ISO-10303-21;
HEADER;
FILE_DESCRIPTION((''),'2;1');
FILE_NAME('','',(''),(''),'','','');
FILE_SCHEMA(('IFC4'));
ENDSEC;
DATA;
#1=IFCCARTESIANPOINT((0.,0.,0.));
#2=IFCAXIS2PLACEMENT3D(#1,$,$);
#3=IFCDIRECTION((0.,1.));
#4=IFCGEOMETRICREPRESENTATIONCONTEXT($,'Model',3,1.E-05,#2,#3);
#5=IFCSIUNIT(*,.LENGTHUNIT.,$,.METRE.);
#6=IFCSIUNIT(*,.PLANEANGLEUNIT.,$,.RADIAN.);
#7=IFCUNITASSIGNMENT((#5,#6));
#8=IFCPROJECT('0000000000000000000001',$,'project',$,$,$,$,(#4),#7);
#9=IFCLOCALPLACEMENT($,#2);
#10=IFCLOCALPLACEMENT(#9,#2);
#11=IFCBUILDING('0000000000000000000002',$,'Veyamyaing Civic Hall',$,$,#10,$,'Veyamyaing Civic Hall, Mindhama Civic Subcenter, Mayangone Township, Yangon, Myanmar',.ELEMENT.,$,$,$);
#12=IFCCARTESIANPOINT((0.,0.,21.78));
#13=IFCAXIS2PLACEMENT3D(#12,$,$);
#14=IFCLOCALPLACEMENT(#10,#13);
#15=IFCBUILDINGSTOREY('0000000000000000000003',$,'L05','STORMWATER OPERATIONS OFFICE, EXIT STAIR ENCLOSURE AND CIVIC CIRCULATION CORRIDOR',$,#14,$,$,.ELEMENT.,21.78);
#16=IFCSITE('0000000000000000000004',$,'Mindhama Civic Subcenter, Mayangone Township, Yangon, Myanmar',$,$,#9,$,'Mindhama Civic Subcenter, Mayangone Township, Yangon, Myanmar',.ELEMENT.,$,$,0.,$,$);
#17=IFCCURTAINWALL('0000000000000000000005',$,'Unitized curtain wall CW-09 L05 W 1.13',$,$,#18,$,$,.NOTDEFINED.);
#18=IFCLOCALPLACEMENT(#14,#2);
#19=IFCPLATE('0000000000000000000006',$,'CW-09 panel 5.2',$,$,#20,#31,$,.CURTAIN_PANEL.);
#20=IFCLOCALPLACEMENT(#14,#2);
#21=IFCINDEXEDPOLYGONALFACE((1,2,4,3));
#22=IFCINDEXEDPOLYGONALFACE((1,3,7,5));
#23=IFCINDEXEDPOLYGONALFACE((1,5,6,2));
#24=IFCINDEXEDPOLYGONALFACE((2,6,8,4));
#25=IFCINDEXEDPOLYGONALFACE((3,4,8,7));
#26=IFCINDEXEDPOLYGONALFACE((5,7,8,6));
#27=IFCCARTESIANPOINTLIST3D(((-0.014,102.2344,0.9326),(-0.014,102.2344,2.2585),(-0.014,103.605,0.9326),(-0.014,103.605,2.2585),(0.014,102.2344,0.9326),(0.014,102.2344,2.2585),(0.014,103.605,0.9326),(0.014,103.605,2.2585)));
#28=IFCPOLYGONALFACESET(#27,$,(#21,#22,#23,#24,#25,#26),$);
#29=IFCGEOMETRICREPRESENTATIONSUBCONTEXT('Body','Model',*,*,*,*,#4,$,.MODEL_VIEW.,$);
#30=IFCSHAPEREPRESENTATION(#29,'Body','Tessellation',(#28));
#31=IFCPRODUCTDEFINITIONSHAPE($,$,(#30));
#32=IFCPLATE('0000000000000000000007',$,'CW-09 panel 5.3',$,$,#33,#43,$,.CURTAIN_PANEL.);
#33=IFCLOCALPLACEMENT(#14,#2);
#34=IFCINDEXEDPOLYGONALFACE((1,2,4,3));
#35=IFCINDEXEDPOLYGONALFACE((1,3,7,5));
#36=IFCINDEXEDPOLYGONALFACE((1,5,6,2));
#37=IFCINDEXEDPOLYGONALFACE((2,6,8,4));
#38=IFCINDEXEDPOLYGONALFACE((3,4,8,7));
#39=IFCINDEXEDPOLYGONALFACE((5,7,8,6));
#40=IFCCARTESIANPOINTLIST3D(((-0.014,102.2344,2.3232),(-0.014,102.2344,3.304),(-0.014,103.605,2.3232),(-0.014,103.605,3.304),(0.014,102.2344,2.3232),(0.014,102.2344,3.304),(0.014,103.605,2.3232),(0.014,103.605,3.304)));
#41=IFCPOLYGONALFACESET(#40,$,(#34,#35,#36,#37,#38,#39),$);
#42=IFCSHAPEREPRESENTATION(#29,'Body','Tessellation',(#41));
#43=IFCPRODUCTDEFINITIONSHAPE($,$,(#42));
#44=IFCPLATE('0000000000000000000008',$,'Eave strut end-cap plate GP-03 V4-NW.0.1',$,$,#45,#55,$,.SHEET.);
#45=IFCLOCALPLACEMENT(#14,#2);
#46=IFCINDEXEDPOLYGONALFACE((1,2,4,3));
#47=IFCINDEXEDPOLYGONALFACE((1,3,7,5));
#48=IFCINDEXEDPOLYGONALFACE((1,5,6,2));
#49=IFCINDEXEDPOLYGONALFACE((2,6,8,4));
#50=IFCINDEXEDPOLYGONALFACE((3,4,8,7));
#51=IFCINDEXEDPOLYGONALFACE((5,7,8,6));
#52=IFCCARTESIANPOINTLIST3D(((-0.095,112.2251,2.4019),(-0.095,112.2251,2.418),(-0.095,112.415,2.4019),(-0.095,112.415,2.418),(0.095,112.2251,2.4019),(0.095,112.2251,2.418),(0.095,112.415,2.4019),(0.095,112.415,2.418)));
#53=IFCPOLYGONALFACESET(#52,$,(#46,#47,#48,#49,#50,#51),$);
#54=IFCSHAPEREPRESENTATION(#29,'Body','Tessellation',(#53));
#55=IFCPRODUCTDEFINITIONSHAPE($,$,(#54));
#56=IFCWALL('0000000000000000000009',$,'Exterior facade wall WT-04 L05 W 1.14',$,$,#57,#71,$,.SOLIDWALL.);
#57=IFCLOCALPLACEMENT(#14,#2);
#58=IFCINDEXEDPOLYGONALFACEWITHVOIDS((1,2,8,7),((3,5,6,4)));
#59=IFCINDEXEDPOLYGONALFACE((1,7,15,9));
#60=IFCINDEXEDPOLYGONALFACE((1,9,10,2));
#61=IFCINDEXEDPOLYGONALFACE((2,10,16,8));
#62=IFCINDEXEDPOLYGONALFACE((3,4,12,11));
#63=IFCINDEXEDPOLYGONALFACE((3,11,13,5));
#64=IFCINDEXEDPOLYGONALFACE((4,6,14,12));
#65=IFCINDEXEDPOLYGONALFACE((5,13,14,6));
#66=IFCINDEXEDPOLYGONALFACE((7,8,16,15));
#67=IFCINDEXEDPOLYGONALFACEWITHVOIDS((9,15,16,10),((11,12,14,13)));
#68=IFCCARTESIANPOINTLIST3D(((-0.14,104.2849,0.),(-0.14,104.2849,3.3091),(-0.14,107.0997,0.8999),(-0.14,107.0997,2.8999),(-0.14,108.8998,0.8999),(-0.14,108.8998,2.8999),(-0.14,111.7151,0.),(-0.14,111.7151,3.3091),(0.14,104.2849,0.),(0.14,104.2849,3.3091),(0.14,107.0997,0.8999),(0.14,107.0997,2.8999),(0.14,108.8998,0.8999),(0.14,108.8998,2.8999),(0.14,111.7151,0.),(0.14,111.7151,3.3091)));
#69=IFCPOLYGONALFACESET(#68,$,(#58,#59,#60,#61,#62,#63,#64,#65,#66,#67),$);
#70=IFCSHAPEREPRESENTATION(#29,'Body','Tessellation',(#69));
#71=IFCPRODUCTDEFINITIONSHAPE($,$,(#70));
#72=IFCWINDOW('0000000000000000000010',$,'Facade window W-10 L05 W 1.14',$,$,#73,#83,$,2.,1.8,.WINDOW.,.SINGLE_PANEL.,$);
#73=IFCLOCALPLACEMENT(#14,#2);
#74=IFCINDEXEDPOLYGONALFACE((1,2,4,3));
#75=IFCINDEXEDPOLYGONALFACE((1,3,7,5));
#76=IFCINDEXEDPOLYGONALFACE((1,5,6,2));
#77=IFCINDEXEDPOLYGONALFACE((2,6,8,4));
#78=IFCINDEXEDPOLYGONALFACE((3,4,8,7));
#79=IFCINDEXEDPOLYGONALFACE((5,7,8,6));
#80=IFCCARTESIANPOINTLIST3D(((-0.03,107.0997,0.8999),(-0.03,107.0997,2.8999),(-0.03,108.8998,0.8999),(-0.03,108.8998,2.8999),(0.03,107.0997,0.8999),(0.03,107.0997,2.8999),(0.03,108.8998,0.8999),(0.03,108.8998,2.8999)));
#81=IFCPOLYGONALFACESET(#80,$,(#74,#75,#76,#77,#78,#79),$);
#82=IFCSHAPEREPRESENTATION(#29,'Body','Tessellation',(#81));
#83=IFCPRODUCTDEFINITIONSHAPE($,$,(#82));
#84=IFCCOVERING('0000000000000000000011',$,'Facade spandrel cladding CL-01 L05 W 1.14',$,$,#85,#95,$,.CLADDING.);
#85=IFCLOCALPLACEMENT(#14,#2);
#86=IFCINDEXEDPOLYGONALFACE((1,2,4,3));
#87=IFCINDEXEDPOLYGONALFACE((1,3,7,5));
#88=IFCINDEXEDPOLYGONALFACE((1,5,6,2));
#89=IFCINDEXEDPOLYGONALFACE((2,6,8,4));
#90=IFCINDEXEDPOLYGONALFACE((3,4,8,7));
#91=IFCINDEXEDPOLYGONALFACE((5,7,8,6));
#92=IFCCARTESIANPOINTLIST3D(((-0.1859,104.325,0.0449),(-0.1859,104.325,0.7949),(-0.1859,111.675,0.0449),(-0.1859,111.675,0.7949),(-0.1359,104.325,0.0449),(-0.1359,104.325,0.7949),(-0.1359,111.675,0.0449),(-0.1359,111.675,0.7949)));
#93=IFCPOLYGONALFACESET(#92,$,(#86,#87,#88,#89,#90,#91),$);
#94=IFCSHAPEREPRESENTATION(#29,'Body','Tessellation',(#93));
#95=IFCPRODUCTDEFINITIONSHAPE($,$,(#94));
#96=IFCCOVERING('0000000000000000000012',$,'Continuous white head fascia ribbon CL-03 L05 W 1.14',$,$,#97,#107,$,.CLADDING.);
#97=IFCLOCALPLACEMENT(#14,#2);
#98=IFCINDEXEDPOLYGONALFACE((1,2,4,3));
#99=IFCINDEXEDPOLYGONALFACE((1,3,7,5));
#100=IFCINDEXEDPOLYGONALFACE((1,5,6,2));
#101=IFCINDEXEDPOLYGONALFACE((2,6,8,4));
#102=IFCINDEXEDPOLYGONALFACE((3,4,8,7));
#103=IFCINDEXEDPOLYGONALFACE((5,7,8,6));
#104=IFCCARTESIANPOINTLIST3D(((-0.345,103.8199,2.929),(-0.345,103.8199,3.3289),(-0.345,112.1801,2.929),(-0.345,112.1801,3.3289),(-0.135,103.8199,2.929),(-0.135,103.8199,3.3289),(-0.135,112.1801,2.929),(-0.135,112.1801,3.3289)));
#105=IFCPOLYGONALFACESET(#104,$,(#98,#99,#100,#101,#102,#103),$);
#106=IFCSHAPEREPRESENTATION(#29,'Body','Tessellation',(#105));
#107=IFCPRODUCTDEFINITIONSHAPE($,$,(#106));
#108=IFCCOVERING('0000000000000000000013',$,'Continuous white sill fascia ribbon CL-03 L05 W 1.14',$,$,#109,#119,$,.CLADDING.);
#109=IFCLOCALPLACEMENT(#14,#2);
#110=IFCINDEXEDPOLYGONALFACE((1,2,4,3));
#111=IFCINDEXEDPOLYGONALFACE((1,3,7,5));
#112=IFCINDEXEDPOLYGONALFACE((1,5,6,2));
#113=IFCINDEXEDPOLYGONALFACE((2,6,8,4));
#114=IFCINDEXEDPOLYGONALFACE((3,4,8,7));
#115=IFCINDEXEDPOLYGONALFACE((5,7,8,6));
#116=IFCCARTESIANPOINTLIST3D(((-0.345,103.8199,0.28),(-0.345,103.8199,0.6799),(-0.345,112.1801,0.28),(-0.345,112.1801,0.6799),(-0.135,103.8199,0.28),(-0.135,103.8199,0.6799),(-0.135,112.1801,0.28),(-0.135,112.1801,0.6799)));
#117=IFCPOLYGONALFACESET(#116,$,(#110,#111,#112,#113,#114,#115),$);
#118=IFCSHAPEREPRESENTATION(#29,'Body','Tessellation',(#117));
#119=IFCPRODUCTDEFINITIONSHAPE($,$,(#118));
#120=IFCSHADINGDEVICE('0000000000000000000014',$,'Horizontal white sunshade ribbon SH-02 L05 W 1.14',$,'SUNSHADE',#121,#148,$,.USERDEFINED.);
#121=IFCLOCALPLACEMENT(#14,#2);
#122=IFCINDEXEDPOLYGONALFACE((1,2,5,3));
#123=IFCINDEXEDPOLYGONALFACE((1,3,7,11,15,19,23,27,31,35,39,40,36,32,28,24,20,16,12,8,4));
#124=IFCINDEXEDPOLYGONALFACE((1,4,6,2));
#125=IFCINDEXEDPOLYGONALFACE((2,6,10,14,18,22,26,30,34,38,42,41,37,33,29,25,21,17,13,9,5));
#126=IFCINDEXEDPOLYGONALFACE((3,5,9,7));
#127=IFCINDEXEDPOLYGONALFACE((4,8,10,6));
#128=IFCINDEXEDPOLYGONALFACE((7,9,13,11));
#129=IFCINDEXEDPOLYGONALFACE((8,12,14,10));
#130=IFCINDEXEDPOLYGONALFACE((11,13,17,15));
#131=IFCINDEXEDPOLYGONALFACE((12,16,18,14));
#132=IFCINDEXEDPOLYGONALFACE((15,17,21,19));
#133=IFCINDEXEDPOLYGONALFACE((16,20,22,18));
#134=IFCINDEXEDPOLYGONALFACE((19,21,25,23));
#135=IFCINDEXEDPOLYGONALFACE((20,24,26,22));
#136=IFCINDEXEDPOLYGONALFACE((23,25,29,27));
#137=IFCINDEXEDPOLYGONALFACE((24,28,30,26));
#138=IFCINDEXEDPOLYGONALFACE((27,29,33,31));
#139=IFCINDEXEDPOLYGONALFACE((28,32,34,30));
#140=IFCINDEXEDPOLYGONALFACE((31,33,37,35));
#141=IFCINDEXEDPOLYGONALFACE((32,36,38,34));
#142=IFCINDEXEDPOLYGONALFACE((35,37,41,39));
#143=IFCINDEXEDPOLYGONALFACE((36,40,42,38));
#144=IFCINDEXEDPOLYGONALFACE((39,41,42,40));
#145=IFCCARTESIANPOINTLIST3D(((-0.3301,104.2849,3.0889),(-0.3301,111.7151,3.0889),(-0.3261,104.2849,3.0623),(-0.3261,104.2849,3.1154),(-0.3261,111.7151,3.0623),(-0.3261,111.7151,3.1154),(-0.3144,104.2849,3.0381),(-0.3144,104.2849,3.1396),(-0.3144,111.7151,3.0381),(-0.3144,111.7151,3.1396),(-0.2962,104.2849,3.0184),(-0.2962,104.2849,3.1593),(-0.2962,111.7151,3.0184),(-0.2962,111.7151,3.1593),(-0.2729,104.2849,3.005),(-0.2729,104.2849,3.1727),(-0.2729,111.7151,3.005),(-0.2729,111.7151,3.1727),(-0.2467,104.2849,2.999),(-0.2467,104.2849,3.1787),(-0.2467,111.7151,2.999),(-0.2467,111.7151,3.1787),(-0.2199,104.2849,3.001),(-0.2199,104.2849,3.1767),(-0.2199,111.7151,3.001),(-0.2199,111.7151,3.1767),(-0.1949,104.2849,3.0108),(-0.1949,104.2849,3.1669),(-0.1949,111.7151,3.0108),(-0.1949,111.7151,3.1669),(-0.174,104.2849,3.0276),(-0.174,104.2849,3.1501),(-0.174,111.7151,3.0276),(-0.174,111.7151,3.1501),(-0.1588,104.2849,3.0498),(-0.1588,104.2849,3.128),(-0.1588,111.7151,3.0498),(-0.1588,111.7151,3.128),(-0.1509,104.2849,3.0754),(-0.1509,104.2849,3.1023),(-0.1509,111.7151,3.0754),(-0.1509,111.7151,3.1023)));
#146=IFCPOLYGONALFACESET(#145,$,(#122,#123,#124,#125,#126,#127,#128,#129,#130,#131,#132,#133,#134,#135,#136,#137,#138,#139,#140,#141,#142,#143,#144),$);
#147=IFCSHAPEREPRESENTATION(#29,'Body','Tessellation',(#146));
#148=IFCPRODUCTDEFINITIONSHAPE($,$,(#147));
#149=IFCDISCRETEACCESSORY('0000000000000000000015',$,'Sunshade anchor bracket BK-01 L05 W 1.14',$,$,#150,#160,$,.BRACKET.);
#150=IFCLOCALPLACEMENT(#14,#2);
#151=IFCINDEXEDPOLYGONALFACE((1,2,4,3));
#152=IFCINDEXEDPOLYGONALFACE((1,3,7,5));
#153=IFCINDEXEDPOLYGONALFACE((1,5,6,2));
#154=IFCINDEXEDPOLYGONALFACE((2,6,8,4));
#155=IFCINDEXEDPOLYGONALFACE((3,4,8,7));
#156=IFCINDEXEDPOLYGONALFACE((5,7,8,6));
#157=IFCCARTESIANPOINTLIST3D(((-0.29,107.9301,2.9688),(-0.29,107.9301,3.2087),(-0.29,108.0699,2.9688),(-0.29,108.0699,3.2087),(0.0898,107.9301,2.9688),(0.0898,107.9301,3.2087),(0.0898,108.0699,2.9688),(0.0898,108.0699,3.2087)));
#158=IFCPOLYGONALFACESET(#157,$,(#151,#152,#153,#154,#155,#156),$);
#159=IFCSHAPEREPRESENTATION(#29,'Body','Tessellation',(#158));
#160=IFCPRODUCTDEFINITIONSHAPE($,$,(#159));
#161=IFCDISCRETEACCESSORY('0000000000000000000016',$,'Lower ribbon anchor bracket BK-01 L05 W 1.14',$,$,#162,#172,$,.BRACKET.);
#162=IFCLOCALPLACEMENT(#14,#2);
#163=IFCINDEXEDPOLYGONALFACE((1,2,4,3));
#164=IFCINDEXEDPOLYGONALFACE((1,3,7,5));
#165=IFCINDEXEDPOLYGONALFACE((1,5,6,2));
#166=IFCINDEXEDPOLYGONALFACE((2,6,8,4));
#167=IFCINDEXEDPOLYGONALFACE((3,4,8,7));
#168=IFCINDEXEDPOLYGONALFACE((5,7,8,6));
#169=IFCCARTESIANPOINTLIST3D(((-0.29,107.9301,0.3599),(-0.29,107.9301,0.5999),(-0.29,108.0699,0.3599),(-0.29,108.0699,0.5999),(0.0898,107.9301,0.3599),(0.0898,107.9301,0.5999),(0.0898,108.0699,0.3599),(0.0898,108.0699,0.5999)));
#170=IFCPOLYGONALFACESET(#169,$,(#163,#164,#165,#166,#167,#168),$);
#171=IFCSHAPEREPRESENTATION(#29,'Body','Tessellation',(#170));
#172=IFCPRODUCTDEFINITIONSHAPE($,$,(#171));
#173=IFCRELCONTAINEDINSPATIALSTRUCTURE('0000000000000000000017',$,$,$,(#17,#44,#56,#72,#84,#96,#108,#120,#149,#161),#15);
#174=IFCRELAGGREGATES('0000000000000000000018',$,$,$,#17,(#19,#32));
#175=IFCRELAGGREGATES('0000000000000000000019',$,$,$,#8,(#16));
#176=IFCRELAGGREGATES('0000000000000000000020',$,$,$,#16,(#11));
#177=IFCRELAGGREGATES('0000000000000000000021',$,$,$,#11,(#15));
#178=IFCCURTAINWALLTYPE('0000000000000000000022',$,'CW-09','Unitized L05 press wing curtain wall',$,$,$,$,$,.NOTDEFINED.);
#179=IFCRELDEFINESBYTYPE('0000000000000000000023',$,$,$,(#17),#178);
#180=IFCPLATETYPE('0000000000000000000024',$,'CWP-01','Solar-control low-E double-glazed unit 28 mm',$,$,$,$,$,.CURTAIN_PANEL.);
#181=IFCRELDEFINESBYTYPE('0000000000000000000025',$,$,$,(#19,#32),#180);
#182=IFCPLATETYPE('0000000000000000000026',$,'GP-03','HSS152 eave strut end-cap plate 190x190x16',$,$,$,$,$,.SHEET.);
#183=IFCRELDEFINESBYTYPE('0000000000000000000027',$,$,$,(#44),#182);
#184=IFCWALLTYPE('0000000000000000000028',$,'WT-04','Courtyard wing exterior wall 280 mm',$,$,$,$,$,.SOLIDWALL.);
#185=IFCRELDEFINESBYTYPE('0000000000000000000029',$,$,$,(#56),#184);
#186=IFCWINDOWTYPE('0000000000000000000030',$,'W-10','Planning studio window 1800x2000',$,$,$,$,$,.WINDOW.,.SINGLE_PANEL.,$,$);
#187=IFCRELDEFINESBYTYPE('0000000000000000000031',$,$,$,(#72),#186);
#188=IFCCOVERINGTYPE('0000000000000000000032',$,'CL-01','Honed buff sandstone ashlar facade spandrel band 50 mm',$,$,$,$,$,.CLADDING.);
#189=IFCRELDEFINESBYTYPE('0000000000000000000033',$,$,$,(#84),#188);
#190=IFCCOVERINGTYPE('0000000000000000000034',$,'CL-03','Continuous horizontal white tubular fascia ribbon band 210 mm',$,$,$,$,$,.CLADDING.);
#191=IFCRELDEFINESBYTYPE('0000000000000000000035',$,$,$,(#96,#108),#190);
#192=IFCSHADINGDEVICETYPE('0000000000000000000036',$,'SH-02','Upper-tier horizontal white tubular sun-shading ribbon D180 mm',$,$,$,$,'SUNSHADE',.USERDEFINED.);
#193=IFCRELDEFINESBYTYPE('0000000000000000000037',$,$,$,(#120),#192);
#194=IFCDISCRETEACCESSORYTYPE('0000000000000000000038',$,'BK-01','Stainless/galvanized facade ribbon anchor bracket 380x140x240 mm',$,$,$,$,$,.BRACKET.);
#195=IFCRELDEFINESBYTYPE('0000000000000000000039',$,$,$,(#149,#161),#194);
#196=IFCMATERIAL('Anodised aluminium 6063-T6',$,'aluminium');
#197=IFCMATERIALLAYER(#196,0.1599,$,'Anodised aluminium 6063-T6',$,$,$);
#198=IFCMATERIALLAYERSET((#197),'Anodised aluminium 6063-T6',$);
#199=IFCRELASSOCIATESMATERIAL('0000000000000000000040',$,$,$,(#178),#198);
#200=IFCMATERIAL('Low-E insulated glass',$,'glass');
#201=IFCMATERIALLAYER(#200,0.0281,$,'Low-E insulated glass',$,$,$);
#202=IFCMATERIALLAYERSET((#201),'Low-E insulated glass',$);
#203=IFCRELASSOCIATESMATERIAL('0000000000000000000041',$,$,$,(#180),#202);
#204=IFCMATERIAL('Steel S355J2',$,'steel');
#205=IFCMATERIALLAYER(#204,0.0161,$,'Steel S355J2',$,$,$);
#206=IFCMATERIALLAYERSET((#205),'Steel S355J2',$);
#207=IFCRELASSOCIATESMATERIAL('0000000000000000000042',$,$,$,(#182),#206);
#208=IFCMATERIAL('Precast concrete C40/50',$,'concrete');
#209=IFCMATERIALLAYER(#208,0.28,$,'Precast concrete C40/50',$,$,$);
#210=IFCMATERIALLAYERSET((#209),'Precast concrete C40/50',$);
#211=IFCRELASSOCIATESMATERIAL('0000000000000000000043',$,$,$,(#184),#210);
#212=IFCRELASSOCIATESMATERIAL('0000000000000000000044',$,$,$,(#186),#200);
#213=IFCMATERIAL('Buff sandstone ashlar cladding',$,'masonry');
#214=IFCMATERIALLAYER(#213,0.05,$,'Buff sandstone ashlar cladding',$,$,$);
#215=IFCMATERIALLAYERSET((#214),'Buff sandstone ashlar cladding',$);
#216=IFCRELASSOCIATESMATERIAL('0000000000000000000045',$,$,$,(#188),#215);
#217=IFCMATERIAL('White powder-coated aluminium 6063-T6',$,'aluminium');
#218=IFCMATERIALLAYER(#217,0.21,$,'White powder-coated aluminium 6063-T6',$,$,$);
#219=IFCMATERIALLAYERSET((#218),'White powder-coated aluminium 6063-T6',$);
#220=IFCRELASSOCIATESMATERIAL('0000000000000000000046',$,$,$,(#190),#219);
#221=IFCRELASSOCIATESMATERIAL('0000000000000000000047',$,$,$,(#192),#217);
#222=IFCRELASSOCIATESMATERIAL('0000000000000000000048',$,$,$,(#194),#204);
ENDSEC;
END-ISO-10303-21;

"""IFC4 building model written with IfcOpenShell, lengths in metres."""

from ifc_helpers import new_model, si_unit, direction, frame, frame_2d, origin, origin_2d, place, context, subcontext, project, spatial, rectangle, circle, extrude, material, layer, layer_set, material_profile, profile_set, type_object, element, fill, aggregate, save


model = new_model("IFC4")

# Units and contexts
model_context = context("Model", 3, precision=1e-05, world=origin(), true_north=direction((0.0, 1.0)))
body_context = subcontext(model_context, "Body", "Model", "MODEL_VIEW")
ifc_project = project(units=[si_unit("LENGTHUNIT", "METRE"), si_unit("PLANEANGLEUNIT", "RADIAN")], contexts=[model_context])

# Site, building, storey
site_placement = place(None, origin())
site = spatial("IfcSite", under=ifc_project, at=site_placement, Name="Mindhama Civic Subcenter, Mayangone Township, Yangon, Myanmar", LongName="Mindhama Civic Subcenter, Mayangone Township, Yangon, Myanmar", CompositionType="ELEMENT", RefElevation=0.0)
building_placement = place(site_placement, origin())
building = spatial("IfcBuilding", under=site, at=building_placement, Name="Veyamyaing Civic Hall", LongName="Veyamyaing Civic Hall, Mindhama Civic Subcenter, Mayangone Township, Yangon, Myanmar", CompositionType="ELEMENT")
storey_placement = place(building_placement, frame((0.0, 0.0, 21.78)))
storey = spatial("IfcBuildingStorey", under=building, at=storey_placement, Name="L05", Description="STORMWATER OPERATIONS OFFICE, EXIT STAIR ENCLOSURE AND CIVIC CIRCULATION CORRIDOR", CompositionType="ELEMENT", Elevation=21.78)

# Curtain wall
ifc_material_1 = material(Name="Anodised aluminium 6063-T6", Category="aluminium")
ifc_layer_1 = layer(ifc_material_1, 0.1599, Name="Anodised aluminium 6063-T6")
ifc_layer_set_1 = layer_set([ifc_layer_1], Name="Anodised aluminium 6063-T6")
curtain_wall_type = type_object("IfcCurtainWallType", Name="CW-09", Description="Unitized L05 press wing curtain wall", PredefinedType="NOTDEFINED", material=ifc_layer_set_1)
curtain_wall_placement = place(storey_placement, origin())
curtain_wall = element("IfcCurtainWall", 1, at=curtain_wall_placement, inside=storey, type_object=curtain_wall_type, Name="Unitized curtain wall CW-09 L05 W 1.13", PredefinedType="NOTDEFINED")

# Shared definitions
ifc_material_2 = material(Name="Steel S355J2", Category="steel")

# Plates
ifc_material_3 = material(Name="Low-E insulated glass", Category="glass")
ifc_layer_2 = layer(ifc_material_3, 0.0281, Name="Low-E insulated glass")
ifc_layer_set_2 = layer_set([ifc_layer_2], Name="Low-E insulated glass")
plate_type_1 = type_object("IfcPlateType", Name="CWP-01", Description="Solar-control low-E double-glazed unit 28 mm", PredefinedType="CURTAIN_PANEL", material=ifc_layer_set_2)
plate_1_placement = place(storey_placement, frame((0.0, 102.9197, 0.9326), z_axis=(0.0, 0.0, 1.0), x_axis=(0.0, 1.0, 0.0)))
plate_1 = element("IfcPlate", 2, at=plate_1_placement, type_object=plate_type_1, Name="CW-09 panel 5.2", PredefinedType="CURTAIN_PANEL", context=body_context, shape_type="SweptSolid", body=[
    extrude(rectangle(XDim=1.3706, YDim=0.0281, at=origin_2d()), origin(), (0.0, 0.0, 1.0), 1.3259),
])
plate_2_placement = place(storey_placement, frame((0.0, 102.9197, 2.3232), z_axis=(0.0, 0.0, 1.0), x_axis=(0.0, 1.0, 0.0)))
plate_2 = element("IfcPlate", 3, at=plate_2_placement, type_object=plate_type_1, Name="CW-09 panel 5.3", PredefinedType="CURTAIN_PANEL", context=body_context, shape_type="SweptSolid", body=[
    extrude(rectangle(XDim=1.3706, YDim=0.0281, at=origin_2d()), origin(), (0.0, 0.0, 1.0), 0.9807),
])
aggregate(curtain_wall, [plate_1, plate_2])
ifc_layer_3 = layer(ifc_material_2, 0.0161, Name="Steel S355J2")
ifc_layer_set_3 = layer_set([ifc_layer_3], Name="Steel S355J2")
plate_type_2 = type_object("IfcPlateType", Name="GP-03", Description="HSS152 eave strut end-cap plate 190x190x16", PredefinedType="SHEET", material=ifc_layer_set_3)
plate_3_placement = place(storey_placement, frame((0.0, 112.3201, 2.4019), z_axis=(0.0, 0.0, 1.0), x_axis=(0.0, 1.0, 0.0)))
element("IfcPlate", 4, at=plate_3_placement, inside=storey, type_object=plate_type_2, Name="Eave strut end-cap plate GP-03 V4-NW.0.1", PredefinedType="SHEET", context=body_context, shape_type="SweptSolid", body=[
    extrude(rectangle(XDim=0.1899, YDim=0.1899, at=origin_2d()), origin(), (0.0, 0.0, 1.0), 0.0161),
])

# Wall, opening, window
ifc_material_4 = material(Name="Precast concrete C40/50", Category="concrete")
ifc_layer_4 = layer(ifc_material_4, 0.28, Name="Precast concrete C40/50")
ifc_layer_set_4 = layer_set([ifc_layer_4], Name="Precast concrete C40/50")
wall_type = type_object("IfcWallType", Name="WT-04", Description="Courtyard wing exterior wall 280 mm", PredefinedType="SOLIDWALL", material=ifc_layer_set_4)
wall_placement = place(storey_placement, frame((0.0, 104.2849, 0.0), z_axis=(0.0, 0.0, 1.0), x_axis=(0.0, 1.0, 0.0)))
wall = element("IfcWall", 5, at=wall_placement, inside=storey, type_object=wall_type, Name="Exterior facade wall WT-04 L05 W 1.14", PredefinedType="SOLIDWALL", context=body_context, shape_type="SweptSolid", body=[
    extrude(rectangle(XDim=7.4302, YDim=0.28, at=frame_2d((3.7151, 0.0))), origin(), (0.0, 0.0, 1.0), 3.3091),
])
opening_placement = place(wall_placement, frame((2.8149, 0.0, 0.8999)))
opening = element("IfcOpeningElement", 6, at=opening_placement, cuts=wall, PredefinedType="OPENING", context=body_context, shape_type="SweptSolid", body=[
    extrude(rectangle(XDim=1.8, YDim=2.0, at=frame_2d((0.8999, 1.0))), frame((0.0, 0.1499, 0.0), z_axis=(0.0, -1.0, 0.0), x_axis=(1.0, 0.0, 0.0)), (0.0, 0.0, 1.0), 0.3),
])
window_type = type_object("IfcWindowType", Name="W-10", Description="Planning studio window 1800x2000", PartitioningType="SINGLE_PANEL", PredefinedType="WINDOW", material=ifc_material_3)
window_placement = place(opening_placement, origin())
window = element("IfcWindow", 7, at=window_placement, inside=storey, type_object=window_type, Name="Facade window W-10 L05 W 1.14", OverallHeight=2.0, OverallWidth=1.8, PartitioningType="SINGLE_PANEL", PredefinedType="WINDOW", context=body_context, shape_type="SweptSolid", body=[
    extrude(rectangle(XDim=1.8, YDim=2.0, at=frame_2d((0.8999, 1.0))), frame((0.0, 0.03, 0.0), z_axis=(0.0, -1.0, 0.0), x_axis=(1.0, 0.0, 0.0)), (0.0, 0.0, 1.0), 0.0601),
])
fill(opening, window)

# Coverings
ifc_material_5 = material(Name="Buff sandstone ashlar cladding", Category="masonry")
ifc_layer_5 = layer(ifc_material_5, 0.05, Name="Buff sandstone ashlar cladding")
ifc_layer_set_5 = layer_set([ifc_layer_5], Name="Buff sandstone ashlar cladding")
covering_type_1 = type_object("IfcCoveringType", Name="CL-01", Description="Honed buff sandstone ashlar facade spandrel band 50 mm", PredefinedType="CLADDING", material=ifc_layer_set_5)
covering_placement = place(storey_placement, frame((-0.1609, 108.0, 0.0449), z_axis=(0.0, 0.0, 1.0), x_axis=(0.0, 1.0, 0.0)))
element("IfcCovering", 8, at=covering_placement, inside=storey, type_object=covering_type_1, Name="Facade spandrel cladding CL-01 L05 W 1.14", PredefinedType="CLADDING", context=body_context, shape_type="SweptSolid", body=[
    extrude(rectangle(XDim=7.3501, YDim=0.05, at=origin_2d()), origin(), (0.0, 0.0, 1.0), 0.75),
])
ifc_material_6 = material(Name="White powder-coated aluminium 6063-T6", Category="aluminium")
ifc_layer_6 = layer(ifc_material_6, 0.21, Name="White powder-coated aluminium 6063-T6")
ifc_layer_set_6 = layer_set([ifc_layer_6], Name="White powder-coated aluminium 6063-T6")
covering_type_2 = type_object("IfcCoveringType", Name="CL-03", Description="Continuous horizontal white tubular fascia ribbon band 210 mm", PredefinedType="CLADDING", material=ifc_layer_set_6)
for number, where, z_axis, x_axis, name in (
    (9, (-0.24, 108.0, 2.929), (0.0, 0.0, 1.0), (0.0, 1.0, 0.0), "Continuous white head fascia ribbon CL-03 L05 W 1.14"),
    (10, (-0.24, 108.0, 0.28), (0.0, 0.0, 1.0), (0.0, 1.0, 0.0), "Continuous white sill fascia ribbon CL-03 L05 W 1.14"),
):
    element("IfcCovering", number, at=place(storey_placement, frame(where, z_axis=z_axis, x_axis=x_axis)), inside=storey, type_object=covering_type_2, Name=name, PredefinedType="CLADDING", context=body_context, shape_type="SweptSolid", body=[
        extrude(rectangle(XDim=8.3601, YDim=0.21, at=origin_2d()), origin(), (0.0, 0.0, 1.0), 0.3999),
    ])

# Shading device
ifc_material_profile_1 = material_profile(ifc_material_6, circle(Radius=0.0901, at=origin_2d()), Name="SHADE-TUBE-180")
ifc_profile_set_1 = profile_set([ifc_material_profile_1], Name="White powder-coated aluminium 6063-T6")
shading_device_type = type_object("IfcShadingDeviceType", Name="SH-02", Description="Upper-tier horizontal white tubular sun-shading ribbon D180 mm", ElementType="SUNSHADE", PredefinedType="USERDEFINED", material=ifc_profile_set_1)
shading_device_placement = place(storey_placement, frame((-0.24, 104.2849, 3.0889), z_axis=(0.0, 1.0, 0.0), x_axis=(-1.0, 0.0, 0.0)))
element("IfcShadingDevice", 11, at=shading_device_placement, inside=storey, type_object=shading_device_type, Name="Horizontal white sunshade ribbon SH-02 L05 W 1.14", ObjectType="SUNSHADE", PredefinedType="USERDEFINED", context=body_context, shape_type="SweptSolid", body=[
    extrude(circle(Radius=0.0901, at=origin_2d()), origin(), (0.0, 0.0, 1.0), 7.4302),
])

# Discrete accessories
discrete_accessory_type = type_object("IfcDiscreteAccessoryType", Name="BK-01", Description="Stainless/galvanized facade ribbon anchor bracket 380x140x240 mm", PredefinedType="BRACKET", material=ifc_material_2)
for number, where, z_axis, x_axis, name in (
    (12, (-0.1001, 108.0, 2.9688), (0.0, 0.0, 1.0), (-1.0, 0.0, 0.0), "Sunshade anchor bracket BK-01 L05 W 1.14"),
    (13, (-0.1001, 108.0, 0.3599), (0.0, 0.0, 1.0), (-1.0, 0.0, 0.0), "Lower ribbon anchor bracket BK-01 L05 W 1.14"),
):
    element("IfcDiscreteAccessory", number, at=place(storey_placement, frame(where, z_axis=z_axis, x_axis=x_axis)), inside=storey, type_object=discrete_accessory_type, Name=name, PredefinedType="BRACKET", context=body_context, shape_type="SweptSolid", body=[
        extrude(rectangle(XDim=0.3799, YDim=0.1399, at=origin_2d()), origin(), (0.0, 0.0, 1.0), 0.24),
    ])

save(model, "model.ifc")
